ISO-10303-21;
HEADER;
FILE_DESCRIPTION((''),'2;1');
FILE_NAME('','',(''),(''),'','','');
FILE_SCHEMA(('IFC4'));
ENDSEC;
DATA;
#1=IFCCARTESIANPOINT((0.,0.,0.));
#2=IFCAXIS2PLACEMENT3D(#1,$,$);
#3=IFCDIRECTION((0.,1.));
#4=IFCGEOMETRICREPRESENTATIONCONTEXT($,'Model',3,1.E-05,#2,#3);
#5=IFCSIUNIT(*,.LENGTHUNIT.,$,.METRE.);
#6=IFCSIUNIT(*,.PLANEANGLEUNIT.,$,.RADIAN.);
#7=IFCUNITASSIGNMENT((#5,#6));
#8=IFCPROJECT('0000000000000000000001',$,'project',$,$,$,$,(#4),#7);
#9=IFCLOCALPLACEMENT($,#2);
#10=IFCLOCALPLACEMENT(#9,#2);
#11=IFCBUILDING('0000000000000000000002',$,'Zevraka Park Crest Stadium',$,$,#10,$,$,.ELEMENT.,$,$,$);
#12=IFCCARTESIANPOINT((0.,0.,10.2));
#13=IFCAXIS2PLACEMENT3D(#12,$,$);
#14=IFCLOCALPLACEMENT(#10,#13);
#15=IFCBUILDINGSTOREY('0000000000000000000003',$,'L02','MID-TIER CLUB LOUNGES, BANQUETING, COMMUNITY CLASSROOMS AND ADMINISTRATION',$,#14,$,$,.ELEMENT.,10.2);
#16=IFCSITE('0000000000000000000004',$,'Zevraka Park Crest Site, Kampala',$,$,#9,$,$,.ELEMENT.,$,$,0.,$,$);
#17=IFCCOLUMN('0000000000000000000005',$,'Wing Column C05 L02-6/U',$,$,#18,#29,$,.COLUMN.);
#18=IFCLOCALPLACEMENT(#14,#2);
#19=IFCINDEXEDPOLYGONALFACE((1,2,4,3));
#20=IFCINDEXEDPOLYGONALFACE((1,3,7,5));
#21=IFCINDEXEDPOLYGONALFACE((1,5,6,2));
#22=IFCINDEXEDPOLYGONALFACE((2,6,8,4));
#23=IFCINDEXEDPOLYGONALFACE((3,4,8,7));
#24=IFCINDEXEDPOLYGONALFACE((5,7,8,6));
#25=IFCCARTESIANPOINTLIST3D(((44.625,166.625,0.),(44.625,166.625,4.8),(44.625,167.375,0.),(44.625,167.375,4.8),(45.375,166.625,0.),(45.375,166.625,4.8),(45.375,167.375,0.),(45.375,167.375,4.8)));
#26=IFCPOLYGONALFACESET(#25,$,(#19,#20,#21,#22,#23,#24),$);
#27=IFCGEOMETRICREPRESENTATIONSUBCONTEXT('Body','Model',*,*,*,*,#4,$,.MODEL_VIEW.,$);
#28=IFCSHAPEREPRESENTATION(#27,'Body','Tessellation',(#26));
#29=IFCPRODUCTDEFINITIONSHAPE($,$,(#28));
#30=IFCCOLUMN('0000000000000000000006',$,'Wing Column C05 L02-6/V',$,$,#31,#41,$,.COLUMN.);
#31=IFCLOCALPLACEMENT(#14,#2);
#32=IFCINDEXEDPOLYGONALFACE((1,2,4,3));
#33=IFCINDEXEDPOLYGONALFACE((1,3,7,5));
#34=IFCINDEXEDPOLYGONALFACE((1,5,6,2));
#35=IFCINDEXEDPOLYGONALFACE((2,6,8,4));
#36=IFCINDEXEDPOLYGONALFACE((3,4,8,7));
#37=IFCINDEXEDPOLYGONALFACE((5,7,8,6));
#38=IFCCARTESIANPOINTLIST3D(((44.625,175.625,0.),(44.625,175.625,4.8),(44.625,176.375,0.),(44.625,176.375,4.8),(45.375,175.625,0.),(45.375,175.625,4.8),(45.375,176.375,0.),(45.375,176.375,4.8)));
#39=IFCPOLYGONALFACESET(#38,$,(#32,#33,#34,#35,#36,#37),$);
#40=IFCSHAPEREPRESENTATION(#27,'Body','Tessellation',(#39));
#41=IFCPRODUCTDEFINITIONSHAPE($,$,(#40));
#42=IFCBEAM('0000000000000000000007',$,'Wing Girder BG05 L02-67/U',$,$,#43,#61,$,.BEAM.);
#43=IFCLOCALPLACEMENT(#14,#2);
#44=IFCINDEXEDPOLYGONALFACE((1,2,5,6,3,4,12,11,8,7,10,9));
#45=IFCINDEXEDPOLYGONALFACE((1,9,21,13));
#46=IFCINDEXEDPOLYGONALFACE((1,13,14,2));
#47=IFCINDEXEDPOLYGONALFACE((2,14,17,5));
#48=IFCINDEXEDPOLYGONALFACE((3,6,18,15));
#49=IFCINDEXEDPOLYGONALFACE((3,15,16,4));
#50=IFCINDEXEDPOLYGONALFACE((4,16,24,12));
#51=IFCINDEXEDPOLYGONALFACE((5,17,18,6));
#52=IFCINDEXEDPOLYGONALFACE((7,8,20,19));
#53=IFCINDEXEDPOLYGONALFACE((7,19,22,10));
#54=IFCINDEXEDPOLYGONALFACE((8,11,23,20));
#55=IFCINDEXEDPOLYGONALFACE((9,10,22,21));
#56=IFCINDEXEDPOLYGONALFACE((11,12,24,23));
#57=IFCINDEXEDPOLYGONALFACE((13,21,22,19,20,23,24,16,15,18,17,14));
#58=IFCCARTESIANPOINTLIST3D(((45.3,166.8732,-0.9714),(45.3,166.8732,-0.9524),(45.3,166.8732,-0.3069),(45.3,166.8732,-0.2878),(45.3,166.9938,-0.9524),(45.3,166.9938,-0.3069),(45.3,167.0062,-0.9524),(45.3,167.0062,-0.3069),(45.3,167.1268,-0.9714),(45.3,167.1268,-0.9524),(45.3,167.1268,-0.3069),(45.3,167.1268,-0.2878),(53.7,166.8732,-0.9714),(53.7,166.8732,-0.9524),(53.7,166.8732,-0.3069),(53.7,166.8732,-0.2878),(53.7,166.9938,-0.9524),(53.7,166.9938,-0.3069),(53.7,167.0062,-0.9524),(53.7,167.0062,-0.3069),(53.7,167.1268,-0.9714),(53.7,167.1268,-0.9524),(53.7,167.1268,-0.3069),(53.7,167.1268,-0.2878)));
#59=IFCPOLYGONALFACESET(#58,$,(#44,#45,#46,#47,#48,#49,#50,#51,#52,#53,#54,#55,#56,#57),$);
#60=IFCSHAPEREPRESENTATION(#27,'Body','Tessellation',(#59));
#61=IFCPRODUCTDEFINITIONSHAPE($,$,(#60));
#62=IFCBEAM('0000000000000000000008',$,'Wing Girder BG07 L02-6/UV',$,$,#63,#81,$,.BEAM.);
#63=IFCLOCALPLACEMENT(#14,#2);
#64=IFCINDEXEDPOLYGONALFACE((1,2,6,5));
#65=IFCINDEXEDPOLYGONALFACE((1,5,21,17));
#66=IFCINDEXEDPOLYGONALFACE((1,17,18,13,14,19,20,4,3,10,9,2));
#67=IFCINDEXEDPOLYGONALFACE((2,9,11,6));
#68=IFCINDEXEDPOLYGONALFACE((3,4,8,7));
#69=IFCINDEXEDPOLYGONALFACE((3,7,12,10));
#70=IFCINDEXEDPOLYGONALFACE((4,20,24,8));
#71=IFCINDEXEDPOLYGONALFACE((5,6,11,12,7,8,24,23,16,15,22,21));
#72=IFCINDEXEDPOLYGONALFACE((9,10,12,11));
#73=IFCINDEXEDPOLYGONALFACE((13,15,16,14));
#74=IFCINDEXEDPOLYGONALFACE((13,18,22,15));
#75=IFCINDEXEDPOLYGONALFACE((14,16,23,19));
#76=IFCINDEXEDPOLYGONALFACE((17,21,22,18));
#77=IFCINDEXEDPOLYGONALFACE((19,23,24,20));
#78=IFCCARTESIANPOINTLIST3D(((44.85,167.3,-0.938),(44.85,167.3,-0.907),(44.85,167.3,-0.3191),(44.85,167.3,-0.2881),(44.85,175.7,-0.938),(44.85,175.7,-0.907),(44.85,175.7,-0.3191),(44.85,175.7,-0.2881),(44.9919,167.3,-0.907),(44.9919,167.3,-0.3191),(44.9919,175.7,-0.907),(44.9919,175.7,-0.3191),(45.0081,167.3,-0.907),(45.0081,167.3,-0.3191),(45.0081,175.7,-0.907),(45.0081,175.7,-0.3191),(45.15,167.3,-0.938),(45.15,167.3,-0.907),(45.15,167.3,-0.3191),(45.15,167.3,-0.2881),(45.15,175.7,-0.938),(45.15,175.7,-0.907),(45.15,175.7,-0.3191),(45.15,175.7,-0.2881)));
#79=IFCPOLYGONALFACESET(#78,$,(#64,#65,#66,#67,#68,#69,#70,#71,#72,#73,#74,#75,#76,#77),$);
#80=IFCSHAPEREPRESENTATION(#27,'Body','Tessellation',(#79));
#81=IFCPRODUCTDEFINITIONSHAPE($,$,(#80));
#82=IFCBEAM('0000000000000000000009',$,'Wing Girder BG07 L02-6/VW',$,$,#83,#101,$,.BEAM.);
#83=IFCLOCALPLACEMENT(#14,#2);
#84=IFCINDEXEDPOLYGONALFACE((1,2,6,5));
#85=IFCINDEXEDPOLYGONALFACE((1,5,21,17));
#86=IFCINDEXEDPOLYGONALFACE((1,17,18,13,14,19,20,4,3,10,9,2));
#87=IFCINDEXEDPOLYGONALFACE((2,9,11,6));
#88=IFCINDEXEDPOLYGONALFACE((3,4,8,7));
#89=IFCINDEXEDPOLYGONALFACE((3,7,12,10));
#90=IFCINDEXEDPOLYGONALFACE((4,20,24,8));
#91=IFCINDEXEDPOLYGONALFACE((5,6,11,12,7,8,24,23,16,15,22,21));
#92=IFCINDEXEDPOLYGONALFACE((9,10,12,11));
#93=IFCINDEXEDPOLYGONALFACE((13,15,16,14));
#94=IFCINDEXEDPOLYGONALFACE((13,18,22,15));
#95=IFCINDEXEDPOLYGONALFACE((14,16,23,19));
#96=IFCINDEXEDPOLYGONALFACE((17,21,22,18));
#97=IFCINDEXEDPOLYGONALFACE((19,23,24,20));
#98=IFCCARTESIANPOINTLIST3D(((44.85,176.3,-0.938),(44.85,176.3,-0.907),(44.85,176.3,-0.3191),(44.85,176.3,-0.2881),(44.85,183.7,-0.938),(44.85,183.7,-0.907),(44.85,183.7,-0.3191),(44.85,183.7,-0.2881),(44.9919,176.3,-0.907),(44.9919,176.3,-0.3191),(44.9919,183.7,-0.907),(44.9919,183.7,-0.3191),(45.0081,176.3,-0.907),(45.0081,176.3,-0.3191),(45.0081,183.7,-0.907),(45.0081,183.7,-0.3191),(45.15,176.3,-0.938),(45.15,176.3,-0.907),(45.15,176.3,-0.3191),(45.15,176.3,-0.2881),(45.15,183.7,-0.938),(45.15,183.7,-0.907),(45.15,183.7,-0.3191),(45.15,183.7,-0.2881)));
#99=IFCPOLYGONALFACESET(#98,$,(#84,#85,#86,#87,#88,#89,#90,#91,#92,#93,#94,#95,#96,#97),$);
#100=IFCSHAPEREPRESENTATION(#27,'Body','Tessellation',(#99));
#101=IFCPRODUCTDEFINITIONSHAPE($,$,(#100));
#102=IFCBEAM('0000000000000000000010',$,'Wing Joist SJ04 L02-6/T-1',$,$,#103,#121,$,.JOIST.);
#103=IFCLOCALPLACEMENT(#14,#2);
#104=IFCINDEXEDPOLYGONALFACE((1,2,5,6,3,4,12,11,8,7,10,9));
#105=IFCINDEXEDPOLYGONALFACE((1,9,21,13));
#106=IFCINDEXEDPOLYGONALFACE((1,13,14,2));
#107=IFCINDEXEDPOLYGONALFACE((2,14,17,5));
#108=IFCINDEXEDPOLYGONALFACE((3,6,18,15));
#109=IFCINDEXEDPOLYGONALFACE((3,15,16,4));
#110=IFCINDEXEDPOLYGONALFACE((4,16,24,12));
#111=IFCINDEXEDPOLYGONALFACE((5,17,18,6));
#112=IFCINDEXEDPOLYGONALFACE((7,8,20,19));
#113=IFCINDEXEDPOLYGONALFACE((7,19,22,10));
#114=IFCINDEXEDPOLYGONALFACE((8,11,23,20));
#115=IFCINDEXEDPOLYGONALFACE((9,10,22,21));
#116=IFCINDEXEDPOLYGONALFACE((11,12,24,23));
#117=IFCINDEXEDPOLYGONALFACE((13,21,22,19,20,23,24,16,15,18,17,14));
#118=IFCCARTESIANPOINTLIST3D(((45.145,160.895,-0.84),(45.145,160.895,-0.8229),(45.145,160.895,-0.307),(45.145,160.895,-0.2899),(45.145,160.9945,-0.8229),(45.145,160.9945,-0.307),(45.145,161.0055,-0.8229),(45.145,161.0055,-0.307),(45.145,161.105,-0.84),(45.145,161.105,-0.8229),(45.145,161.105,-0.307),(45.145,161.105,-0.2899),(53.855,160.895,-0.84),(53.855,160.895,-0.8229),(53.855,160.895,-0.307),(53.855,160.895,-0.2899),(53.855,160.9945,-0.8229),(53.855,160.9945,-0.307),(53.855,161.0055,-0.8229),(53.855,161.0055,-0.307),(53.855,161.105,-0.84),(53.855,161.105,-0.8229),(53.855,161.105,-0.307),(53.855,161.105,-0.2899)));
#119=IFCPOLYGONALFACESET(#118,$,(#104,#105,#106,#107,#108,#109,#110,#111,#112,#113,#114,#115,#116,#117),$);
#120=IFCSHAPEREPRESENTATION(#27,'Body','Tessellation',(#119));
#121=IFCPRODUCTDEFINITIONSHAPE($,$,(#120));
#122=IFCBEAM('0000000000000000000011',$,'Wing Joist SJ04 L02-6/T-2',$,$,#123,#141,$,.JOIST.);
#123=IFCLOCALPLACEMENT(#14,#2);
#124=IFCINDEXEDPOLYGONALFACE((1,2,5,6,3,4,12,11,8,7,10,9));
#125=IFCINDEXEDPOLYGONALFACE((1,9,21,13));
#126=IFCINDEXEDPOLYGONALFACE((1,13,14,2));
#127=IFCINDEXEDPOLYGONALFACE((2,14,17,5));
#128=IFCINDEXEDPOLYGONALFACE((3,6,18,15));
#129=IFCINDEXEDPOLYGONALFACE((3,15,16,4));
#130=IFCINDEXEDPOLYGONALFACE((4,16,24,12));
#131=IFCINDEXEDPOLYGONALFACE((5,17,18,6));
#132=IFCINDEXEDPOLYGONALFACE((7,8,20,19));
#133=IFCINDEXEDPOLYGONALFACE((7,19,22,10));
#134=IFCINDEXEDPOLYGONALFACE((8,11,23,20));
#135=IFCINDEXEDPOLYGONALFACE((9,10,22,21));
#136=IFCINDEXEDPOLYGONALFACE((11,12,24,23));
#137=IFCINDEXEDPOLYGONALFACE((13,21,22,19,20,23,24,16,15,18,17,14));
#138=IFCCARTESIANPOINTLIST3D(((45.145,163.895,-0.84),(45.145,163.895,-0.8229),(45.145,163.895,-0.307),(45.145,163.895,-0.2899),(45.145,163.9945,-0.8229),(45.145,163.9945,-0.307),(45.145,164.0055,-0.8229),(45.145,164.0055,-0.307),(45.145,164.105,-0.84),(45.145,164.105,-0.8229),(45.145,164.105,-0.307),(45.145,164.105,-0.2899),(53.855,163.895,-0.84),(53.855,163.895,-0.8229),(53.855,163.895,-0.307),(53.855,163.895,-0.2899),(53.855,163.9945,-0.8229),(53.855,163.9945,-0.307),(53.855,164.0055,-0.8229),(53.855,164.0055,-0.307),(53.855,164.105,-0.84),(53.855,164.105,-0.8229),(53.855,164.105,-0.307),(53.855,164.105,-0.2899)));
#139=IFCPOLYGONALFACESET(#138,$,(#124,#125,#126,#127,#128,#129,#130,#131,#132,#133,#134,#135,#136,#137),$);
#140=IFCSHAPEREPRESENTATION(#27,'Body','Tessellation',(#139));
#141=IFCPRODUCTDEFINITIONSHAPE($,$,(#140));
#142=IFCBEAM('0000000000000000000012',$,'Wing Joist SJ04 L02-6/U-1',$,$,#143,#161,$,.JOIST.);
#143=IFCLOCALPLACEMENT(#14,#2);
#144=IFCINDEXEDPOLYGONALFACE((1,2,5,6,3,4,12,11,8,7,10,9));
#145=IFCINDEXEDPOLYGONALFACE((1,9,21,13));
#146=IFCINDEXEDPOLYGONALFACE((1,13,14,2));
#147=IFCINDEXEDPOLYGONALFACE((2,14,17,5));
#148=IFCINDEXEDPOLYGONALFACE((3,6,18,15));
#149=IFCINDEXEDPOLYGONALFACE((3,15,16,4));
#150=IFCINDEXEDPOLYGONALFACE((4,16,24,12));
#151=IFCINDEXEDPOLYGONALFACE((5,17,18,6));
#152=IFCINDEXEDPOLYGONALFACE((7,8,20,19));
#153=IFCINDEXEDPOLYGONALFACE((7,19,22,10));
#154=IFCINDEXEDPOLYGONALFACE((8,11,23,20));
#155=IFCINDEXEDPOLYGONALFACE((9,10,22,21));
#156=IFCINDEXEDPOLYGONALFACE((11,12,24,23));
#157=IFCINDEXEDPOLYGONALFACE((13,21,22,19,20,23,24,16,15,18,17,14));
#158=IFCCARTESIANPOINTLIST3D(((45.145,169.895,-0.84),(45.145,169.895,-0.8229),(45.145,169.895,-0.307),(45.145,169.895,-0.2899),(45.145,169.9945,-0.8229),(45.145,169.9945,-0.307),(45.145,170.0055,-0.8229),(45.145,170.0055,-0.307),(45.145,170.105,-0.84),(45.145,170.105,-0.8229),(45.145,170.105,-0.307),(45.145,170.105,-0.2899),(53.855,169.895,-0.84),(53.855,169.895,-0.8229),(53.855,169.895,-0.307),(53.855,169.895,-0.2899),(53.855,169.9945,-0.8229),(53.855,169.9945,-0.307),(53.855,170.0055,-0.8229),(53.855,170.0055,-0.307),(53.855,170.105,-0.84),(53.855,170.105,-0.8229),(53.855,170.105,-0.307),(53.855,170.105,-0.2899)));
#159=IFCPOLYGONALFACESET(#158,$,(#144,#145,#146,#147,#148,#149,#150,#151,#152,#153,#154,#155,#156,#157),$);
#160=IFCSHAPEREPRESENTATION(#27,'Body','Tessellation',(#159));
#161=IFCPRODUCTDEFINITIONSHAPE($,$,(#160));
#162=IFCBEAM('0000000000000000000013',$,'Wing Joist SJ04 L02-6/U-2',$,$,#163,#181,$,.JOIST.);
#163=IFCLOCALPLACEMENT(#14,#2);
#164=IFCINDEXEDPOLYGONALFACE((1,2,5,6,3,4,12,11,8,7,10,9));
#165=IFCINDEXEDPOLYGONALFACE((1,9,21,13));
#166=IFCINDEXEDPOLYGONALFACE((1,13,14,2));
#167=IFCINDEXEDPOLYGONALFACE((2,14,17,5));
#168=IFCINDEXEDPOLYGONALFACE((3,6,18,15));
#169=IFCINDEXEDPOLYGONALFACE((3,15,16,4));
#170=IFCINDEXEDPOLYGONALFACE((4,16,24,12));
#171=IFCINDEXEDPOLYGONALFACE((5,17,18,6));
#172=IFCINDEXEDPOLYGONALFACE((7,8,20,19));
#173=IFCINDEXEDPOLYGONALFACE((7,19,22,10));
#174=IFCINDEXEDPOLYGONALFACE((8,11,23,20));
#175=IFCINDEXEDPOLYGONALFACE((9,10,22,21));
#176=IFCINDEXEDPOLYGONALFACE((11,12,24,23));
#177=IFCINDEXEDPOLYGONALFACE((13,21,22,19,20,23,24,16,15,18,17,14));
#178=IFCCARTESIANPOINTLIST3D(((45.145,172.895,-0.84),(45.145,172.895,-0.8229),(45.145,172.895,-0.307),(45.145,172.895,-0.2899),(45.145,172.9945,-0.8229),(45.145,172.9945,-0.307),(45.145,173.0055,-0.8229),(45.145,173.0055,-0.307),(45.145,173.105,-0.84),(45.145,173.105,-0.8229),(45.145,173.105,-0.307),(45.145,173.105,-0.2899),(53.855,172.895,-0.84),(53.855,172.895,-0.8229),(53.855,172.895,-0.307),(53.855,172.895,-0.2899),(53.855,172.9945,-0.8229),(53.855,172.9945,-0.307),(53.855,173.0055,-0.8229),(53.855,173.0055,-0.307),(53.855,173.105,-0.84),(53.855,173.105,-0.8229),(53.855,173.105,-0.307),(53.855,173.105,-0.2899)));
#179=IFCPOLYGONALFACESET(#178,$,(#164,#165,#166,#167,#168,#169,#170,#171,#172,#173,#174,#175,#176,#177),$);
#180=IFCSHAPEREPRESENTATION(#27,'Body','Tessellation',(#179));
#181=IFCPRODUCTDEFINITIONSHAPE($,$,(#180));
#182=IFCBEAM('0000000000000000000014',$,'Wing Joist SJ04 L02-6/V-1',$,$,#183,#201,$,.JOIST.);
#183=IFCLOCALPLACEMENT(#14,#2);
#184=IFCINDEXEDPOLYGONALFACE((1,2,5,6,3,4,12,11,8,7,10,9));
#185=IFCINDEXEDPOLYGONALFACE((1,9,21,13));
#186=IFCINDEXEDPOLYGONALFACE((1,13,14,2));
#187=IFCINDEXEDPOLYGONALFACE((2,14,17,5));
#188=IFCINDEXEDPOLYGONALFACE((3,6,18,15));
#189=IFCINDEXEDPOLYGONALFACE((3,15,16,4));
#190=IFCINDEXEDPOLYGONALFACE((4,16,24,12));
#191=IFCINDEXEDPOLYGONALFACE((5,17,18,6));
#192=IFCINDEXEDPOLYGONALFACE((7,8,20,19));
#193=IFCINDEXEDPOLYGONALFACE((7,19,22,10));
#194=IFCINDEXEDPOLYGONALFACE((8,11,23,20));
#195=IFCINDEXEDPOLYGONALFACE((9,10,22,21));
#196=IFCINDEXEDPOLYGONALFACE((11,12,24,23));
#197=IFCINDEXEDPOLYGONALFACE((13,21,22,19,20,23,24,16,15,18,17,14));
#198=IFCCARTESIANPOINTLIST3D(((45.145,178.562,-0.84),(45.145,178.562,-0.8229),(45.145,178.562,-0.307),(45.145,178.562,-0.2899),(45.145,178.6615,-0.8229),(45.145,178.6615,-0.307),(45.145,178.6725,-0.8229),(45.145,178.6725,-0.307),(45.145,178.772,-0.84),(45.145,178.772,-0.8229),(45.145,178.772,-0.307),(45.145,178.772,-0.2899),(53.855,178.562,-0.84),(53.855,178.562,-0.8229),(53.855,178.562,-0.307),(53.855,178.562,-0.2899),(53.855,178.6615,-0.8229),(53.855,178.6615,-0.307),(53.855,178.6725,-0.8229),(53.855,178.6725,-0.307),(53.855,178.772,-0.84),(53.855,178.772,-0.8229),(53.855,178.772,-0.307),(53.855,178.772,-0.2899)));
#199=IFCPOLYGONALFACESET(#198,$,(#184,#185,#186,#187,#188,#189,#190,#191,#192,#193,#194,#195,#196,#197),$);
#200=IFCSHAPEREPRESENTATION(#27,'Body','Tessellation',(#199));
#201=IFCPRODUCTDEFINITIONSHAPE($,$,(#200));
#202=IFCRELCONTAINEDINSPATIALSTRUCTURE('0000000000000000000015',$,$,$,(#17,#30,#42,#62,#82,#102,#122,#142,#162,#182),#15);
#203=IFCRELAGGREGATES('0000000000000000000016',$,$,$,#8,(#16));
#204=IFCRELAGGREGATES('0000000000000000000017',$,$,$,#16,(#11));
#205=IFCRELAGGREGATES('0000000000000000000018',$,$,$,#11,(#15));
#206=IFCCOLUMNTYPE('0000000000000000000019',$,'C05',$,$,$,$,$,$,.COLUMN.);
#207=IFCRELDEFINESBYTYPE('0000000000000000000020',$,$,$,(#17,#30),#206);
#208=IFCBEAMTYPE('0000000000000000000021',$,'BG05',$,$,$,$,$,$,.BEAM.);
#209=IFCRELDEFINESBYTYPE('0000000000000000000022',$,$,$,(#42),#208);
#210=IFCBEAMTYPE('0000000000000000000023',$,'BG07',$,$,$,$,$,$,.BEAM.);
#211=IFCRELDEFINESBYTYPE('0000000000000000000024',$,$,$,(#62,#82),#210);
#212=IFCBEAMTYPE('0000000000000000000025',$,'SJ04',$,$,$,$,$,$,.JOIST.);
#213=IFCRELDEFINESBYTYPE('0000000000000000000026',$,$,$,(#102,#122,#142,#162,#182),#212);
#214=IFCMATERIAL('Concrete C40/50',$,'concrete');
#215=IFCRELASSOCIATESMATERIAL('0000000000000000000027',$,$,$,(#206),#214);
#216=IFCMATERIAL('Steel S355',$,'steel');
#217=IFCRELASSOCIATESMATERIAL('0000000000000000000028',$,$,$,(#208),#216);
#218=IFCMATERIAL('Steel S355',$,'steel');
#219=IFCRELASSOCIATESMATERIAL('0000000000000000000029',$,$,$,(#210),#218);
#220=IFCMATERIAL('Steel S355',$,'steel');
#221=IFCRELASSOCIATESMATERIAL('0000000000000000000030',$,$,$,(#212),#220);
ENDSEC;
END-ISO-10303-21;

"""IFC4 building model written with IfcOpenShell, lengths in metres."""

from ifc_helpers import new_model, si_unit, direction, frame, origin, origin_2d, place, context, subcontext, project, spatial, rectangle, i_section, extrude, material, material_profile, profile_set, type_object, element, save


model = new_model("IFC4")

# Units and contexts
model_context = context("Model", 3, precision=1e-05, world=origin(), true_north=direction((0.0, 1.0)))
body_context = subcontext(model_context, "Body", "Model", "MODEL_VIEW")
ifc_project = project(units=[si_unit("LENGTHUNIT", "METRE"), si_unit("PLANEANGLEUNIT", "RADIAN")], contexts=[model_context])

# Site, building, storey
site_placement = place(None, origin())
site = spatial("IfcSite", under=ifc_project, at=site_placement, Name="Zevraka Park Crest Site, Kampala", CompositionType="ELEMENT", RefElevation=0.0)
building_placement = place(site_placement, origin())
building = spatial("IfcBuilding", under=site, at=building_placement, Name="Zevraka Park Crest Stadium", CompositionType="ELEMENT")
storey_placement = place(building_placement, frame((0.0, 0.0, 10.2)))
storey = spatial("IfcBuildingStorey", under=building, at=storey_placement, Name="L02", Description="MID-TIER CLUB LOUNGES, BANQUETING, COMMUNITY CLASSROOMS AND ADMINISTRATION", CompositionType="ELEMENT", Elevation=10.2)

# Columns
ifc_material_1 = material(Name="Concrete C40/50", Category="concrete")
ifc_material_profile_1 = material_profile(ifc_material_1, rectangle(XDim=0.75, YDim=0.75, at=origin_2d()), Name="RC 750x750")
ifc_profile_set_1 = profile_set([ifc_material_profile_1], Name="Concrete C40/50")
column_type = type_object("IfcColumnType", Name="C05", PredefinedType="COLUMN", material=ifc_profile_set_1)
for number, where, z_axis, x_axis, name in (
    (1, (45.0, 167.0, 0.0), (0.0, 0.0, 1.0), (1.0, 0.0, 0.0), "Wing Column C05 L02-6/U"),
    (2, (45.0, 176.0, 0.0), (0.0, 0.0, 1.0), (1.0, 0.0, 0.0), "Wing Column C05 L02-6/V"),
):
    element("IfcColumn", number, at=place(storey_placement, frame(where, z_axis=z_axis, x_axis=x_axis)), inside=storey, type_object=column_type, Name=name, PredefinedType="COLUMN", context=body_context, shape_type="SweptSolid", body=[
        extrude(rectangle(XDim=0.75, YDim=0.75, at=origin_2d()), origin(), (0.0, 0.0, 1.0), 4.8),
    ])

# Beams
ifc_material_2 = material(Name="Steel S355", Category="steel")
ifc_material_profile_2 = material_profile(ifc_material_2, i_section(OverallWidth=0.2537, OverallDepth=0.6836, WebThickness=0.0125, FlangeThickness=0.019, at=origin_2d()), Name="UKB 686x254x140")
ifc_profile_set_2 = profile_set([ifc_material_profile_2], Name="Steel S355")
beam_type_1 = type_object("IfcBeamType", Name="BG05", PredefinedType="BEAM", material=ifc_profile_set_2)
beam_1_placement = place(storey_placement, frame((45.3, 167.0, -0.6296), z_axis=(1.0, 0.0, 0.0), x_axis=(0.0, 1.0, 0.0)))
element("IfcBeam", 3, at=beam_1_placement, inside=storey, type_object=beam_type_1, Name="Wing Girder BG05 L02-67/U", PredefinedType="BEAM", context=body_context, shape_type="SweptSolid", body=[
    extrude(i_section(OverallWidth=0.2537, OverallDepth=0.6836, WebThickness=0.0125, FlangeThickness=0.019, at=origin_2d()), origin(), (0.0, 0.0, 1.0), 8.3999),
])
ifc_material_3 = material(Name="Steel S355", Category="steel")
ifc_material_profile_3 = material_profile(ifc_material_3, i_section(OverallWidth=0.3, OverallDepth=0.6499, WebThickness=0.0161, FlangeThickness=0.031, at=origin_2d()), Name="HEB 650")
ifc_profile_set_3 = profile_set([ifc_material_profile_3], Name="Steel S355")
beam_type_2 = type_object("IfcBeamType", Name="BG07", PredefinedType="BEAM", material=ifc_profile_set_3)
beam_2_placement = place(storey_placement, frame((45.0, 167.3, -0.613), z_axis=(0.0, 1.0, 0.0), x_axis=(-1.0, 0.0, 0.0)))
element("IfcBeam", 4, at=beam_2_placement, inside=storey, type_object=beam_type_2, Name="Wing Girder BG07 L02-6/UV", PredefinedType="BEAM", context=body_context, shape_type="SweptSolid", body=[
    extrude(i_section(OverallWidth=0.3, OverallDepth=0.6499, WebThickness=0.0161, FlangeThickness=0.031, at=origin_2d()), origin(), (0.0, 0.0, 1.0), 8.3999),
])
beam_3_placement = place(storey_placement, frame((45.0, 176.3, -0.613), z_axis=(0.0, 1.0, 0.0), x_axis=(-1.0, 0.0, 0.0)))
element("IfcBeam", 5, at=beam_3_placement, inside=storey, type_object=beam_type_2, Name="Wing Girder BG07 L02-6/VW", PredefinedType="BEAM", context=body_context, shape_type="SweptSolid", body=[
    extrude(i_section(OverallWidth=0.3, OverallDepth=0.6499, WebThickness=0.0161, FlangeThickness=0.031, at=origin_2d()), origin(), (0.0, 0.0, 1.0), 7.3999),
])
ifc_material_4 = material(Name="Steel S355", Category="steel")
ifc_material_profile_4 = material_profile(ifc_material_4, i_section(OverallWidth=0.21, OverallDepth=0.55, WebThickness=0.011, FlangeThickness=0.0171, at=origin_2d()), Name="IPE 550")
ifc_profile_set_4 = profile_set([ifc_material_profile_4], Name="Steel S355")
beam_type_3 = type_object("IfcBeamType", Name="SJ04", PredefinedType="JOIST", material=ifc_profile_set_4)
for number, where, z_axis, x_axis, name in (
    (6, (45.145, 161.0, -0.5649), (1.0, 0.0, 0.0), (0.0, 1.0, 0.0), "Wing Joist SJ04 L02-6/T-1"),
    (7, (45.145, 164.0, -0.5649), (1.0, 0.0, 0.0), (0.0, 1.0, 0.0), "Wing Joist SJ04 L02-6/T-2"),
    (8, (45.145, 170.0, -0.5649), (1.0, 0.0, 0.0), (0.0, 1.0, 0.0), "Wing Joist SJ04 L02-6/U-1"),
    (9, (45.145, 173.0, -0.5649), (1.0, 0.0, 0.0), (0.0, 1.0, 0.0), "Wing Joist SJ04 L02-6/U-2"),
    (10, (45.145, 178.667, -0.5649), (1.0, 0.0, 0.0), (0.0, 1.0, 0.0), "Wing Joist SJ04 L02-6/V-1"),
):
    element("IfcBeam", number, at=place(storey_placement, frame(where, z_axis=z_axis, x_axis=x_axis)), inside=storey, type_object=beam_type_3, Name=name, PredefinedType="JOIST", context=body_context, shape_type="SweptSolid", body=[
        extrude(i_section(OverallWidth=0.21, OverallDepth=0.55, WebThickness=0.011, FlangeThickness=0.0171, at=origin_2d()), origin(), (0.0, 0.0, 1.0), 8.71),
    ])

save(model, "model.ifc")
